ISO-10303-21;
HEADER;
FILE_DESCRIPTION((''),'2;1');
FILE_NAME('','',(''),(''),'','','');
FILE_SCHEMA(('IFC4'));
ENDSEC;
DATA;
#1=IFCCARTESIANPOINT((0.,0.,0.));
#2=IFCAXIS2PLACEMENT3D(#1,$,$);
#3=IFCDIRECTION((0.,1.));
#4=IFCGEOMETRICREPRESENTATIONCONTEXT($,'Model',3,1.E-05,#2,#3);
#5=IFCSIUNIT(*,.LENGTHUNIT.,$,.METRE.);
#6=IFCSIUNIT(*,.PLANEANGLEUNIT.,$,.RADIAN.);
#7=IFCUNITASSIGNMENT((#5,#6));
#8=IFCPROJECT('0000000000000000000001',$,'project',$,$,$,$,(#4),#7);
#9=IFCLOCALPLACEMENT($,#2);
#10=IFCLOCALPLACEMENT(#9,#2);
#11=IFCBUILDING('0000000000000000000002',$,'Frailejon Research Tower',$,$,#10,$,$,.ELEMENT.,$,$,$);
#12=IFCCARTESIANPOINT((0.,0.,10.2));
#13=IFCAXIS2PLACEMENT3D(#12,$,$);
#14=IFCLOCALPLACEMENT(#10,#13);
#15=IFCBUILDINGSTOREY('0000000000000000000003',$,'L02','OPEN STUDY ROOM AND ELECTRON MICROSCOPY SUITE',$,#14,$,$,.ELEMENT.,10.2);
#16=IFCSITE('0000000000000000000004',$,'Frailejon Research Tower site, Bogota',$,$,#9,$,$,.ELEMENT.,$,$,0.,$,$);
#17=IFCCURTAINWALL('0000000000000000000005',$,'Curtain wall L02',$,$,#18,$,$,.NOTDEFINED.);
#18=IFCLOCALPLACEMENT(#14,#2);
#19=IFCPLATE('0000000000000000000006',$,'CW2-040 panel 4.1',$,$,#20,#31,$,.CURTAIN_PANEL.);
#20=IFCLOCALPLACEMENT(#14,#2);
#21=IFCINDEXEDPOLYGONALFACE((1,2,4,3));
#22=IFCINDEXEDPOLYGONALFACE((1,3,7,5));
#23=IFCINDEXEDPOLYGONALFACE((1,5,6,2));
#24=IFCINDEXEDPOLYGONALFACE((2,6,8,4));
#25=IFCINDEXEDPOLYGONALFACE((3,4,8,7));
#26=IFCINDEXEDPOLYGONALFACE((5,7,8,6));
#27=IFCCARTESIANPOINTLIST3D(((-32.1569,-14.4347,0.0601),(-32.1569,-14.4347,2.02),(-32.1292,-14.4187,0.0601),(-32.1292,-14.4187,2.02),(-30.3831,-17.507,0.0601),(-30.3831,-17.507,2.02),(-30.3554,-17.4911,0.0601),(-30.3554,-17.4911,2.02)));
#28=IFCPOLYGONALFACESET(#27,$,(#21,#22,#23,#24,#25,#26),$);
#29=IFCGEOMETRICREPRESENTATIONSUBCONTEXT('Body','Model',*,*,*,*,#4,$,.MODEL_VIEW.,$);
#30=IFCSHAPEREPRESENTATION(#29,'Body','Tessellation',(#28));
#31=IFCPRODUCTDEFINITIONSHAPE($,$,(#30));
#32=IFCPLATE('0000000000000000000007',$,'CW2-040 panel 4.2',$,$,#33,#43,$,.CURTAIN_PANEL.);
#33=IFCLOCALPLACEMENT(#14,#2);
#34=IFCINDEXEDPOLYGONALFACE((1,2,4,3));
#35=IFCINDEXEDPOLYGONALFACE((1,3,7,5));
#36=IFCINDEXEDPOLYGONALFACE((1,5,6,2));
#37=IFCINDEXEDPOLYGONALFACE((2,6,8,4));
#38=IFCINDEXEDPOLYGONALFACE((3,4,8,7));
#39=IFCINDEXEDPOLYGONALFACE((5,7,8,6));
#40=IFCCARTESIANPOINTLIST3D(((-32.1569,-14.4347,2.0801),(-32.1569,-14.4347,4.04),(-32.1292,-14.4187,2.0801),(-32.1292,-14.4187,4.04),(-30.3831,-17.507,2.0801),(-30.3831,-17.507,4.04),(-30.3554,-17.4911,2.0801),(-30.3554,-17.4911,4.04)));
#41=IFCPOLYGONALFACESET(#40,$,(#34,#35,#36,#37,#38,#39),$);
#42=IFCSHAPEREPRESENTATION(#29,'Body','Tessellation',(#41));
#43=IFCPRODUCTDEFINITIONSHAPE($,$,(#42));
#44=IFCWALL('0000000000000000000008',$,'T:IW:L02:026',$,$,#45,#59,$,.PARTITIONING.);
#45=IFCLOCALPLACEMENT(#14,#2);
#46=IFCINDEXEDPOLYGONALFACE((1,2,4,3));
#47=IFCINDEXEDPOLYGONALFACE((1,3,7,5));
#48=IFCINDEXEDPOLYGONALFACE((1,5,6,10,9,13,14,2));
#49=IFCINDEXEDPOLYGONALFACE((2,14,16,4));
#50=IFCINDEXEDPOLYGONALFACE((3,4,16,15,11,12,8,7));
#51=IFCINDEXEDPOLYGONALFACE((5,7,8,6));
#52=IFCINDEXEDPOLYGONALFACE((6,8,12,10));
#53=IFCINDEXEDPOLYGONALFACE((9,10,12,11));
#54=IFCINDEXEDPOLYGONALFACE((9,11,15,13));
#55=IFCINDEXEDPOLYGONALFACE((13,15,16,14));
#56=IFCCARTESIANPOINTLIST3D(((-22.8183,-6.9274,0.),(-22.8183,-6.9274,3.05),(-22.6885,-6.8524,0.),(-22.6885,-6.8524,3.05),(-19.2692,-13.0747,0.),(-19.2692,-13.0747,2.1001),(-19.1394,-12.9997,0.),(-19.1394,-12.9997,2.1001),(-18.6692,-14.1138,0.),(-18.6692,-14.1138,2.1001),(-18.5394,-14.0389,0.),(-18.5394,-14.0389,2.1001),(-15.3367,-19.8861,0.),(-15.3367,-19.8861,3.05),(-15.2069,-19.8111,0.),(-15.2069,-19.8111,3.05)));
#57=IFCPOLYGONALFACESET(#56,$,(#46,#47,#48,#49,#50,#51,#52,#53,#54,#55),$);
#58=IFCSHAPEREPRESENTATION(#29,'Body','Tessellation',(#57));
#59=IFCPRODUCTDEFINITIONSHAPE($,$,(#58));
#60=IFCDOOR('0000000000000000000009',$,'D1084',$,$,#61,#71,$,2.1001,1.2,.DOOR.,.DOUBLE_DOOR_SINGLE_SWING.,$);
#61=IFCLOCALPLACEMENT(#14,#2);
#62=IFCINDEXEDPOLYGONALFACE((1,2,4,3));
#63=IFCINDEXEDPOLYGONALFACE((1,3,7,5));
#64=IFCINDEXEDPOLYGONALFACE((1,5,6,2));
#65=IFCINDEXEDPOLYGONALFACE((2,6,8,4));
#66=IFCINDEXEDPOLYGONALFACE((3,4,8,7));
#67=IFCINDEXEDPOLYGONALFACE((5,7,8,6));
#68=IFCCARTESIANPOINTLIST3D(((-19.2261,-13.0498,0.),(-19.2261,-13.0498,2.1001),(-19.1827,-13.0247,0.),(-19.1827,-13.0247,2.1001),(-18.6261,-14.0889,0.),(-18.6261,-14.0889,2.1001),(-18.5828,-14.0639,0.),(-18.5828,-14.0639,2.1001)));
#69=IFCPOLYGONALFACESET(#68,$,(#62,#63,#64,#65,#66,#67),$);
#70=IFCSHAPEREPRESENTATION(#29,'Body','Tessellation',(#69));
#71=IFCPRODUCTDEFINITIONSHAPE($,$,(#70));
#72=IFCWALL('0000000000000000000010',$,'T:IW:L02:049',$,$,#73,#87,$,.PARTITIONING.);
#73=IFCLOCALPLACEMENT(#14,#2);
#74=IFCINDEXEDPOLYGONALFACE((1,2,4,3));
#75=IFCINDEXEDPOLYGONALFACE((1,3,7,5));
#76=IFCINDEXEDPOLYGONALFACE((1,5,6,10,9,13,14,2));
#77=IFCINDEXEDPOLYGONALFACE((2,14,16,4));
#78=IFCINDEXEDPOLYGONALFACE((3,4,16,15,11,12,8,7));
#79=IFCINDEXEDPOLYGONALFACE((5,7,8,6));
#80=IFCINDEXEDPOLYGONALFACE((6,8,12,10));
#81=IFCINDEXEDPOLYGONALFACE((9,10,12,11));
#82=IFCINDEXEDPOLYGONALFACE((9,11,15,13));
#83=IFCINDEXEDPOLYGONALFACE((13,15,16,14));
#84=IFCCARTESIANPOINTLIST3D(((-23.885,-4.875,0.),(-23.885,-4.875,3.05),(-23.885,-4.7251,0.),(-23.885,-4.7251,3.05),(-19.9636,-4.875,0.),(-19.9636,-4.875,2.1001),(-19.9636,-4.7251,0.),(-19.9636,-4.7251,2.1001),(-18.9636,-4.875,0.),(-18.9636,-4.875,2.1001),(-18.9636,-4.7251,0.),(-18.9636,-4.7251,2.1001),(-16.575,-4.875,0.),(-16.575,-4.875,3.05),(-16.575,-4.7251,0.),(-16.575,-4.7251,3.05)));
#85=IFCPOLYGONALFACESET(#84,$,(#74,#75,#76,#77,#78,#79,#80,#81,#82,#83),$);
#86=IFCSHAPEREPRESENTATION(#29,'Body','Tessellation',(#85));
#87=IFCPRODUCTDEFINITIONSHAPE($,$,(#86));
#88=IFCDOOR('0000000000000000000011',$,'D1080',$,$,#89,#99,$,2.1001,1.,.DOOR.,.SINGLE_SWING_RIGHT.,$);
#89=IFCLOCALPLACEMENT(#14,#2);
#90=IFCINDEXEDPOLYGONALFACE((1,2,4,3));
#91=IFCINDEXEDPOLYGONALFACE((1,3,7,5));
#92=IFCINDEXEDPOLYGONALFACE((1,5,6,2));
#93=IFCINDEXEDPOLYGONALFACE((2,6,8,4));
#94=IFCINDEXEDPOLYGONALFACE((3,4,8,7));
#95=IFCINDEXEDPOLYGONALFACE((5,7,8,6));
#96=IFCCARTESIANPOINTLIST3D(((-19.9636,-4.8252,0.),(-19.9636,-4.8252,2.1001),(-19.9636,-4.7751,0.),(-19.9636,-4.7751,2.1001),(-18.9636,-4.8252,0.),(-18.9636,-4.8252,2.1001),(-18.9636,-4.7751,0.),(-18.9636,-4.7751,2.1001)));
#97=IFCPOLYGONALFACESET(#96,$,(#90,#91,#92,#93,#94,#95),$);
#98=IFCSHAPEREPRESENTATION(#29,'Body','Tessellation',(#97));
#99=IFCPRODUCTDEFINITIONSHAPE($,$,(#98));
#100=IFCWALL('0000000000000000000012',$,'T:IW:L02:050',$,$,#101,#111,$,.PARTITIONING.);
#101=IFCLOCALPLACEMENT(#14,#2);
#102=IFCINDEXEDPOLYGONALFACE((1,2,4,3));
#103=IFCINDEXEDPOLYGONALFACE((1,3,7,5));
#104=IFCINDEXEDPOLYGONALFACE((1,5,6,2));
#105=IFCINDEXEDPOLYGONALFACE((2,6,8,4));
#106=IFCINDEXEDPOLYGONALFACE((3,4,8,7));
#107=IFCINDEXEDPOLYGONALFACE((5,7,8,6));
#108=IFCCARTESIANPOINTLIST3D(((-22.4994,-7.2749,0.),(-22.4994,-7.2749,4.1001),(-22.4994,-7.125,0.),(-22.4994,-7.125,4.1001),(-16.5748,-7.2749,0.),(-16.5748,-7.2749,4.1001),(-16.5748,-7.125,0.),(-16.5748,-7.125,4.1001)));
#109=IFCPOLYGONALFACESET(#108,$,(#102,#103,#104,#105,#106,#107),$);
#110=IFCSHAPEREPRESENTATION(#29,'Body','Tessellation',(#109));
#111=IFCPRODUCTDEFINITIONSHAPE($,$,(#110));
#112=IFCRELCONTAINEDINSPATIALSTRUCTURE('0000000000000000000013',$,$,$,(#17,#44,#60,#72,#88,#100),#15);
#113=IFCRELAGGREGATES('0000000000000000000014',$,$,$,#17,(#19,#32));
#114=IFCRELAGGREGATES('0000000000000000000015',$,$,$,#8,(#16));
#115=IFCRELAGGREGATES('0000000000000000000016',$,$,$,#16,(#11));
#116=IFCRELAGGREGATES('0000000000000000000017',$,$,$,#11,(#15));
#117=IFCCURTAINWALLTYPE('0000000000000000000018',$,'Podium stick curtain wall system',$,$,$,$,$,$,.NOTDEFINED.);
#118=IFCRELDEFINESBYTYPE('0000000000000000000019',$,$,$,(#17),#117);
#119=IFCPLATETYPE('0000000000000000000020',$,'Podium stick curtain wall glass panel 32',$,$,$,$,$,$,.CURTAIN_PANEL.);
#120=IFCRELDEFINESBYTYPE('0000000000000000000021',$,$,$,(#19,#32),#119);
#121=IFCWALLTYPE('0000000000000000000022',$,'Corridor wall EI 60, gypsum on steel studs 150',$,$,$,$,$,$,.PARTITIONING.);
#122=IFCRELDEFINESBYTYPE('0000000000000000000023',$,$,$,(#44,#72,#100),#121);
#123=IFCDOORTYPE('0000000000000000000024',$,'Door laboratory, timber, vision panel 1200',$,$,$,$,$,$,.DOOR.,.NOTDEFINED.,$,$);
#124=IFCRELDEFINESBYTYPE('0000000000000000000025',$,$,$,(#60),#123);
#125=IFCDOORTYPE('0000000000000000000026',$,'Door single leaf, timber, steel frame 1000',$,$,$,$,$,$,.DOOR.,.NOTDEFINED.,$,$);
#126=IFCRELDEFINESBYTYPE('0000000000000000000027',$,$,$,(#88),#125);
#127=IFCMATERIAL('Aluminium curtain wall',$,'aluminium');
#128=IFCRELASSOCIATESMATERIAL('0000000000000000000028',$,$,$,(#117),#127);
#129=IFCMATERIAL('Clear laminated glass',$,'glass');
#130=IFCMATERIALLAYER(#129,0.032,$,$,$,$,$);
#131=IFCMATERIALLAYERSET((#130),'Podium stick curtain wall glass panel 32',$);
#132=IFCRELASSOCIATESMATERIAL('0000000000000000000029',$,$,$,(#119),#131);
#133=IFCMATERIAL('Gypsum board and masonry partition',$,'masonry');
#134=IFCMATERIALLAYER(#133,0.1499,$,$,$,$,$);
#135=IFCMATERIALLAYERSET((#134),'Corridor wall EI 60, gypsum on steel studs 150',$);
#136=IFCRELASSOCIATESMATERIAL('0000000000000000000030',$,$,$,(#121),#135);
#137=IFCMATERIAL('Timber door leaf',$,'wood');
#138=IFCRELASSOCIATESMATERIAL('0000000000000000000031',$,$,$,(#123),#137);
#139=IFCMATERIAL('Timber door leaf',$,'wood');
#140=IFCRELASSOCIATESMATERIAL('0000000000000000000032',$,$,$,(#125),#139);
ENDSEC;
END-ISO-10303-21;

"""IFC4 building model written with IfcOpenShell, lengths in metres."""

from ifc_helpers import new_model, si_unit, direction, frame, frame_2d, origin, origin_2d, place, context, subcontext, project, spatial, rectangle, extrude, material, layer, layer_set, type_object, element, fill, aggregate, save


model = new_model("IFC4")

# Units and contexts
model_context = context("Model", 3, precision=1e-05, world=origin(), true_north=direction((0.0, 1.0)))
body_context = subcontext(model_context, "Body", "Model", "MODEL_VIEW")
ifc_project = project(units=[si_unit("LENGTHUNIT", "METRE"), si_unit("PLANEANGLEUNIT", "RADIAN")], contexts=[model_context])

# Site, building, storey
site_placement = place(None, origin())
site = spatial("IfcSite", under=ifc_project, at=site_placement, Name="Frailejon Research Tower site, Bogota", CompositionType="ELEMENT", RefElevation=0.0)
building_placement = place(site_placement, origin())
building = spatial("IfcBuilding", under=site, at=building_placement, Name="Frailejon Research Tower", CompositionType="ELEMENT")
storey_placement = place(building_placement, frame((0.0, 0.0, 10.2)))
storey = spatial("IfcBuildingStorey", under=building, at=storey_placement, Name="L02", Description="OPEN STUDY ROOM AND ELECTRON MICROSCOPY SUITE", CompositionType="ELEMENT", Elevation=10.2)

# Curtain wall, plates
ifc_material_1 = material(Name="Aluminium curtain wall", Category="aluminium")
curtain_wall_type = type_object("IfcCurtainWallType", Name="Podium stick curtain wall system", PredefinedType="NOTDEFINED", material=ifc_material_1)
curtain_wall_placement = place(storey_placement, origin())
curtain_wall = element("IfcCurtainWall", 1, at=curtain_wall_placement, inside=storey, type_object=curtain_wall_type, Name="Curtain wall L02", PredefinedType="NOTDEFINED")
ifc_material_2 = material(Name="Clear laminated glass", Category="glass")
ifc_layer_1 = layer(ifc_material_2, 0.032)
ifc_layer_set_1 = layer_set([ifc_layer_1], Name="Podium stick curtain wall glass panel 32")
plate_type = type_object("IfcPlateType", Name="Podium stick curtain wall glass panel 32", PredefinedType="CURTAIN_PANEL", material=ifc_layer_set_1)
plate_1_placement = place(storey_placement, frame((-31.2561, -15.9629, 0.0601), z_axis=(0.0, 0.0, 1.0), x_axis=(0.499998, -0.866026, 0.0)))
plate_1 = element("IfcPlate", 2, at=plate_1_placement, type_object=plate_type, Name="CW2-040 panel 4.1", PredefinedType="CURTAIN_PANEL", context=body_context, shape_type="SweptSolid", body=[
    extrude(rectangle(XDim=3.5476, YDim=0.032, at=origin_2d()), origin(), (0.0, 0.0, 1.0), 1.96),
])
plate_2_placement = place(storey_placement, frame((-31.2561, -15.9629, 2.0801), z_axis=(0.0, 0.0, 1.0), x_axis=(0.499998, -0.866026, 0.0)))
plate_2 = element("IfcPlate", 3, at=plate_2_placement, type_object=plate_type, Name="CW2-040 panel 4.2", PredefinedType="CURTAIN_PANEL", context=body_context, shape_type="SweptSolid", body=[
    extrude(rectangle(XDim=3.5476, YDim=0.032, at=origin_2d()), origin(), (0.0, 0.0, 1.0), 1.96),
])
aggregate(curtain_wall, [plate_1, plate_2])

# Walls, openings, doors
ifc_material_3 = material(Name="Gypsum board and masonry partition", Category="masonry")
ifc_layer_2 = layer(ifc_material_3, 0.1499)
ifc_layer_set_2 = layer_set([ifc_layer_2], Name="Corridor wall EI 60, gypsum on steel studs 150")
wall_type = type_object("IfcWallType", Name="Corridor wall EI 60, gypsum on steel studs 150", PredefinedType="PARTITIONING", material=ifc_layer_set_2)
wall_1_placement = place(storey_placement, frame((-22.7534, -6.8899, 0.0), z_axis=(0.0, 0.0, 1.0), x_axis=(0.499998, -0.866027, 0.0)))
wall_1 = element("IfcWall", 4, at=wall_1_placement, inside=storey, type_object=wall_type, Name="T:IW:L02:026", PredefinedType="PARTITIONING", context=body_context, shape_type="SweptSolid", body=[
    extrude(rectangle(XDim=14.9634, YDim=0.1499, at=frame_2d((7.4817, 0.0))), origin(), (0.0, 0.0, 1.0), 3.05),
])
opening_1_placement = place(wall_1_placement, frame((7.0981, 0.0, 0.0)))
opening_1 = element("IfcOpeningElement", 5, at=opening_1_placement, cuts=wall_1, PredefinedType="OPENING", context=body_context, shape_type="SweptSolid", body=[
    extrude(rectangle(XDim=1.2, YDim=2.1001, at=frame_2d((0.6001, 1.05))), frame((0.0, 0.085, 0.0), z_axis=(0.0, -1.0, 0.0), x_axis=(1.0, 0.0, 0.0)), (0.0, 0.0, 1.0), 0.1699),
])
ifc_material_4 = material(Name="Timber door leaf", Category="wood")
door_type_1 = type_object("IfcDoorType", Name="Door laboratory, timber, vision panel 1200", OperationType="NOTDEFINED", PredefinedType="DOOR", material=ifc_material_4)
door_1_placement = place(opening_1_placement, origin())
door_1 = element("IfcDoor", 6, at=door_1_placement, inside=storey, type_object=door_type_1, Name="D1084", OperationType="DOUBLE_DOOR_SINGLE_SWING", OverallHeight=2.1001, OverallWidth=1.2, PredefinedType="DOOR", context=body_context, shape_type="SweptSolid", body=[
    extrude(rectangle(XDim=1.2, YDim=2.1001, at=frame_2d((0.6001, 1.05))), frame((0.0, 0.0249, 0.0), z_axis=(0.0, -1.0, 0.0), x_axis=(1.0, 0.0, 0.0)), (0.0, 0.0, 1.0), 0.05),
])
fill(opening_1, door_1)
wall_2_placement = place(storey_placement, frame((-23.885, -4.8, 0.0), z_axis=(0.0, 0.0, 1.0), x_axis=(1.0, 0.0, 0.0)))
wall_2 = element("IfcWall", 7, at=wall_2_placement, inside=storey, type_object=wall_type, Name="T:IW:L02:049", PredefinedType="PARTITIONING", context=body_context, shape_type="SweptSolid", body=[
    extrude(rectangle(XDim=7.3101, YDim=0.1499, at=frame_2d((3.655, 0.0))), origin(), (0.0, 0.0, 1.0), 3.05),
])
opening_2_placement = place(wall_2_placement, frame((3.9214, 0.0, 0.0)))
opening_2 = element("IfcOpeningElement", 8, at=opening_2_placement, cuts=wall_2, PredefinedType="OPENING", context=body_context, shape_type="SweptSolid", body=[
    extrude(rectangle(XDim=1.0, YDim=2.1001, at=frame_2d((0.5, 1.05))), frame((0.0, 0.085, 0.0), z_axis=(0.0, -1.0, 0.0), x_axis=(1.0, 0.0, 0.0)), (0.0, 0.0, 1.0), 0.1699),
])
ifc_material_5 = material(Name="Timber door leaf", Category="wood")
door_type_2 = type_object("IfcDoorType", Name="Door single leaf, timber, steel frame 1000", OperationType="NOTDEFINED", PredefinedType="DOOR", material=ifc_material_5)
door_2_placement = place(opening_2_placement, origin())
door_2 = element("IfcDoor", 9, at=door_2_placement, inside=storey, type_object=door_type_2, Name="D1080", OperationType="SINGLE_SWING_RIGHT", OverallHeight=2.1001, OverallWidth=1.0, PredefinedType="DOOR", context=body_context, shape_type="SweptSolid", body=[
    extrude(rectangle(XDim=1.0, YDim=2.1001, at=frame_2d((0.5, 1.05))), frame((0.0, 0.0249, 0.0), z_axis=(0.0, -1.0, 0.0), x_axis=(1.0, 0.0, 0.0)), (0.0, 0.0, 1.0), 0.05),
])
fill(opening_2, door_2)

# Wall
wall_3_placement = place(storey_placement, frame((-22.4995, -7.2, 0.0), z_axis=(0.0, 0.0, 1.0), x_axis=(1.0, 0.0, 0.0)))
element("IfcWall", 10, at=wall_3_placement, inside=storey, type_object=wall_type, Name="T:IW:L02:050", PredefinedType="PARTITIONING", context=body_context, shape_type="SweptSolid", body=[
    extrude(rectangle(XDim=5.9246, YDim=0.1499, at=frame_2d((2.9624, 0.0))), origin(), (0.0, 0.0, 1.0), 4.1001),
])

save(model, "model.ifc")
